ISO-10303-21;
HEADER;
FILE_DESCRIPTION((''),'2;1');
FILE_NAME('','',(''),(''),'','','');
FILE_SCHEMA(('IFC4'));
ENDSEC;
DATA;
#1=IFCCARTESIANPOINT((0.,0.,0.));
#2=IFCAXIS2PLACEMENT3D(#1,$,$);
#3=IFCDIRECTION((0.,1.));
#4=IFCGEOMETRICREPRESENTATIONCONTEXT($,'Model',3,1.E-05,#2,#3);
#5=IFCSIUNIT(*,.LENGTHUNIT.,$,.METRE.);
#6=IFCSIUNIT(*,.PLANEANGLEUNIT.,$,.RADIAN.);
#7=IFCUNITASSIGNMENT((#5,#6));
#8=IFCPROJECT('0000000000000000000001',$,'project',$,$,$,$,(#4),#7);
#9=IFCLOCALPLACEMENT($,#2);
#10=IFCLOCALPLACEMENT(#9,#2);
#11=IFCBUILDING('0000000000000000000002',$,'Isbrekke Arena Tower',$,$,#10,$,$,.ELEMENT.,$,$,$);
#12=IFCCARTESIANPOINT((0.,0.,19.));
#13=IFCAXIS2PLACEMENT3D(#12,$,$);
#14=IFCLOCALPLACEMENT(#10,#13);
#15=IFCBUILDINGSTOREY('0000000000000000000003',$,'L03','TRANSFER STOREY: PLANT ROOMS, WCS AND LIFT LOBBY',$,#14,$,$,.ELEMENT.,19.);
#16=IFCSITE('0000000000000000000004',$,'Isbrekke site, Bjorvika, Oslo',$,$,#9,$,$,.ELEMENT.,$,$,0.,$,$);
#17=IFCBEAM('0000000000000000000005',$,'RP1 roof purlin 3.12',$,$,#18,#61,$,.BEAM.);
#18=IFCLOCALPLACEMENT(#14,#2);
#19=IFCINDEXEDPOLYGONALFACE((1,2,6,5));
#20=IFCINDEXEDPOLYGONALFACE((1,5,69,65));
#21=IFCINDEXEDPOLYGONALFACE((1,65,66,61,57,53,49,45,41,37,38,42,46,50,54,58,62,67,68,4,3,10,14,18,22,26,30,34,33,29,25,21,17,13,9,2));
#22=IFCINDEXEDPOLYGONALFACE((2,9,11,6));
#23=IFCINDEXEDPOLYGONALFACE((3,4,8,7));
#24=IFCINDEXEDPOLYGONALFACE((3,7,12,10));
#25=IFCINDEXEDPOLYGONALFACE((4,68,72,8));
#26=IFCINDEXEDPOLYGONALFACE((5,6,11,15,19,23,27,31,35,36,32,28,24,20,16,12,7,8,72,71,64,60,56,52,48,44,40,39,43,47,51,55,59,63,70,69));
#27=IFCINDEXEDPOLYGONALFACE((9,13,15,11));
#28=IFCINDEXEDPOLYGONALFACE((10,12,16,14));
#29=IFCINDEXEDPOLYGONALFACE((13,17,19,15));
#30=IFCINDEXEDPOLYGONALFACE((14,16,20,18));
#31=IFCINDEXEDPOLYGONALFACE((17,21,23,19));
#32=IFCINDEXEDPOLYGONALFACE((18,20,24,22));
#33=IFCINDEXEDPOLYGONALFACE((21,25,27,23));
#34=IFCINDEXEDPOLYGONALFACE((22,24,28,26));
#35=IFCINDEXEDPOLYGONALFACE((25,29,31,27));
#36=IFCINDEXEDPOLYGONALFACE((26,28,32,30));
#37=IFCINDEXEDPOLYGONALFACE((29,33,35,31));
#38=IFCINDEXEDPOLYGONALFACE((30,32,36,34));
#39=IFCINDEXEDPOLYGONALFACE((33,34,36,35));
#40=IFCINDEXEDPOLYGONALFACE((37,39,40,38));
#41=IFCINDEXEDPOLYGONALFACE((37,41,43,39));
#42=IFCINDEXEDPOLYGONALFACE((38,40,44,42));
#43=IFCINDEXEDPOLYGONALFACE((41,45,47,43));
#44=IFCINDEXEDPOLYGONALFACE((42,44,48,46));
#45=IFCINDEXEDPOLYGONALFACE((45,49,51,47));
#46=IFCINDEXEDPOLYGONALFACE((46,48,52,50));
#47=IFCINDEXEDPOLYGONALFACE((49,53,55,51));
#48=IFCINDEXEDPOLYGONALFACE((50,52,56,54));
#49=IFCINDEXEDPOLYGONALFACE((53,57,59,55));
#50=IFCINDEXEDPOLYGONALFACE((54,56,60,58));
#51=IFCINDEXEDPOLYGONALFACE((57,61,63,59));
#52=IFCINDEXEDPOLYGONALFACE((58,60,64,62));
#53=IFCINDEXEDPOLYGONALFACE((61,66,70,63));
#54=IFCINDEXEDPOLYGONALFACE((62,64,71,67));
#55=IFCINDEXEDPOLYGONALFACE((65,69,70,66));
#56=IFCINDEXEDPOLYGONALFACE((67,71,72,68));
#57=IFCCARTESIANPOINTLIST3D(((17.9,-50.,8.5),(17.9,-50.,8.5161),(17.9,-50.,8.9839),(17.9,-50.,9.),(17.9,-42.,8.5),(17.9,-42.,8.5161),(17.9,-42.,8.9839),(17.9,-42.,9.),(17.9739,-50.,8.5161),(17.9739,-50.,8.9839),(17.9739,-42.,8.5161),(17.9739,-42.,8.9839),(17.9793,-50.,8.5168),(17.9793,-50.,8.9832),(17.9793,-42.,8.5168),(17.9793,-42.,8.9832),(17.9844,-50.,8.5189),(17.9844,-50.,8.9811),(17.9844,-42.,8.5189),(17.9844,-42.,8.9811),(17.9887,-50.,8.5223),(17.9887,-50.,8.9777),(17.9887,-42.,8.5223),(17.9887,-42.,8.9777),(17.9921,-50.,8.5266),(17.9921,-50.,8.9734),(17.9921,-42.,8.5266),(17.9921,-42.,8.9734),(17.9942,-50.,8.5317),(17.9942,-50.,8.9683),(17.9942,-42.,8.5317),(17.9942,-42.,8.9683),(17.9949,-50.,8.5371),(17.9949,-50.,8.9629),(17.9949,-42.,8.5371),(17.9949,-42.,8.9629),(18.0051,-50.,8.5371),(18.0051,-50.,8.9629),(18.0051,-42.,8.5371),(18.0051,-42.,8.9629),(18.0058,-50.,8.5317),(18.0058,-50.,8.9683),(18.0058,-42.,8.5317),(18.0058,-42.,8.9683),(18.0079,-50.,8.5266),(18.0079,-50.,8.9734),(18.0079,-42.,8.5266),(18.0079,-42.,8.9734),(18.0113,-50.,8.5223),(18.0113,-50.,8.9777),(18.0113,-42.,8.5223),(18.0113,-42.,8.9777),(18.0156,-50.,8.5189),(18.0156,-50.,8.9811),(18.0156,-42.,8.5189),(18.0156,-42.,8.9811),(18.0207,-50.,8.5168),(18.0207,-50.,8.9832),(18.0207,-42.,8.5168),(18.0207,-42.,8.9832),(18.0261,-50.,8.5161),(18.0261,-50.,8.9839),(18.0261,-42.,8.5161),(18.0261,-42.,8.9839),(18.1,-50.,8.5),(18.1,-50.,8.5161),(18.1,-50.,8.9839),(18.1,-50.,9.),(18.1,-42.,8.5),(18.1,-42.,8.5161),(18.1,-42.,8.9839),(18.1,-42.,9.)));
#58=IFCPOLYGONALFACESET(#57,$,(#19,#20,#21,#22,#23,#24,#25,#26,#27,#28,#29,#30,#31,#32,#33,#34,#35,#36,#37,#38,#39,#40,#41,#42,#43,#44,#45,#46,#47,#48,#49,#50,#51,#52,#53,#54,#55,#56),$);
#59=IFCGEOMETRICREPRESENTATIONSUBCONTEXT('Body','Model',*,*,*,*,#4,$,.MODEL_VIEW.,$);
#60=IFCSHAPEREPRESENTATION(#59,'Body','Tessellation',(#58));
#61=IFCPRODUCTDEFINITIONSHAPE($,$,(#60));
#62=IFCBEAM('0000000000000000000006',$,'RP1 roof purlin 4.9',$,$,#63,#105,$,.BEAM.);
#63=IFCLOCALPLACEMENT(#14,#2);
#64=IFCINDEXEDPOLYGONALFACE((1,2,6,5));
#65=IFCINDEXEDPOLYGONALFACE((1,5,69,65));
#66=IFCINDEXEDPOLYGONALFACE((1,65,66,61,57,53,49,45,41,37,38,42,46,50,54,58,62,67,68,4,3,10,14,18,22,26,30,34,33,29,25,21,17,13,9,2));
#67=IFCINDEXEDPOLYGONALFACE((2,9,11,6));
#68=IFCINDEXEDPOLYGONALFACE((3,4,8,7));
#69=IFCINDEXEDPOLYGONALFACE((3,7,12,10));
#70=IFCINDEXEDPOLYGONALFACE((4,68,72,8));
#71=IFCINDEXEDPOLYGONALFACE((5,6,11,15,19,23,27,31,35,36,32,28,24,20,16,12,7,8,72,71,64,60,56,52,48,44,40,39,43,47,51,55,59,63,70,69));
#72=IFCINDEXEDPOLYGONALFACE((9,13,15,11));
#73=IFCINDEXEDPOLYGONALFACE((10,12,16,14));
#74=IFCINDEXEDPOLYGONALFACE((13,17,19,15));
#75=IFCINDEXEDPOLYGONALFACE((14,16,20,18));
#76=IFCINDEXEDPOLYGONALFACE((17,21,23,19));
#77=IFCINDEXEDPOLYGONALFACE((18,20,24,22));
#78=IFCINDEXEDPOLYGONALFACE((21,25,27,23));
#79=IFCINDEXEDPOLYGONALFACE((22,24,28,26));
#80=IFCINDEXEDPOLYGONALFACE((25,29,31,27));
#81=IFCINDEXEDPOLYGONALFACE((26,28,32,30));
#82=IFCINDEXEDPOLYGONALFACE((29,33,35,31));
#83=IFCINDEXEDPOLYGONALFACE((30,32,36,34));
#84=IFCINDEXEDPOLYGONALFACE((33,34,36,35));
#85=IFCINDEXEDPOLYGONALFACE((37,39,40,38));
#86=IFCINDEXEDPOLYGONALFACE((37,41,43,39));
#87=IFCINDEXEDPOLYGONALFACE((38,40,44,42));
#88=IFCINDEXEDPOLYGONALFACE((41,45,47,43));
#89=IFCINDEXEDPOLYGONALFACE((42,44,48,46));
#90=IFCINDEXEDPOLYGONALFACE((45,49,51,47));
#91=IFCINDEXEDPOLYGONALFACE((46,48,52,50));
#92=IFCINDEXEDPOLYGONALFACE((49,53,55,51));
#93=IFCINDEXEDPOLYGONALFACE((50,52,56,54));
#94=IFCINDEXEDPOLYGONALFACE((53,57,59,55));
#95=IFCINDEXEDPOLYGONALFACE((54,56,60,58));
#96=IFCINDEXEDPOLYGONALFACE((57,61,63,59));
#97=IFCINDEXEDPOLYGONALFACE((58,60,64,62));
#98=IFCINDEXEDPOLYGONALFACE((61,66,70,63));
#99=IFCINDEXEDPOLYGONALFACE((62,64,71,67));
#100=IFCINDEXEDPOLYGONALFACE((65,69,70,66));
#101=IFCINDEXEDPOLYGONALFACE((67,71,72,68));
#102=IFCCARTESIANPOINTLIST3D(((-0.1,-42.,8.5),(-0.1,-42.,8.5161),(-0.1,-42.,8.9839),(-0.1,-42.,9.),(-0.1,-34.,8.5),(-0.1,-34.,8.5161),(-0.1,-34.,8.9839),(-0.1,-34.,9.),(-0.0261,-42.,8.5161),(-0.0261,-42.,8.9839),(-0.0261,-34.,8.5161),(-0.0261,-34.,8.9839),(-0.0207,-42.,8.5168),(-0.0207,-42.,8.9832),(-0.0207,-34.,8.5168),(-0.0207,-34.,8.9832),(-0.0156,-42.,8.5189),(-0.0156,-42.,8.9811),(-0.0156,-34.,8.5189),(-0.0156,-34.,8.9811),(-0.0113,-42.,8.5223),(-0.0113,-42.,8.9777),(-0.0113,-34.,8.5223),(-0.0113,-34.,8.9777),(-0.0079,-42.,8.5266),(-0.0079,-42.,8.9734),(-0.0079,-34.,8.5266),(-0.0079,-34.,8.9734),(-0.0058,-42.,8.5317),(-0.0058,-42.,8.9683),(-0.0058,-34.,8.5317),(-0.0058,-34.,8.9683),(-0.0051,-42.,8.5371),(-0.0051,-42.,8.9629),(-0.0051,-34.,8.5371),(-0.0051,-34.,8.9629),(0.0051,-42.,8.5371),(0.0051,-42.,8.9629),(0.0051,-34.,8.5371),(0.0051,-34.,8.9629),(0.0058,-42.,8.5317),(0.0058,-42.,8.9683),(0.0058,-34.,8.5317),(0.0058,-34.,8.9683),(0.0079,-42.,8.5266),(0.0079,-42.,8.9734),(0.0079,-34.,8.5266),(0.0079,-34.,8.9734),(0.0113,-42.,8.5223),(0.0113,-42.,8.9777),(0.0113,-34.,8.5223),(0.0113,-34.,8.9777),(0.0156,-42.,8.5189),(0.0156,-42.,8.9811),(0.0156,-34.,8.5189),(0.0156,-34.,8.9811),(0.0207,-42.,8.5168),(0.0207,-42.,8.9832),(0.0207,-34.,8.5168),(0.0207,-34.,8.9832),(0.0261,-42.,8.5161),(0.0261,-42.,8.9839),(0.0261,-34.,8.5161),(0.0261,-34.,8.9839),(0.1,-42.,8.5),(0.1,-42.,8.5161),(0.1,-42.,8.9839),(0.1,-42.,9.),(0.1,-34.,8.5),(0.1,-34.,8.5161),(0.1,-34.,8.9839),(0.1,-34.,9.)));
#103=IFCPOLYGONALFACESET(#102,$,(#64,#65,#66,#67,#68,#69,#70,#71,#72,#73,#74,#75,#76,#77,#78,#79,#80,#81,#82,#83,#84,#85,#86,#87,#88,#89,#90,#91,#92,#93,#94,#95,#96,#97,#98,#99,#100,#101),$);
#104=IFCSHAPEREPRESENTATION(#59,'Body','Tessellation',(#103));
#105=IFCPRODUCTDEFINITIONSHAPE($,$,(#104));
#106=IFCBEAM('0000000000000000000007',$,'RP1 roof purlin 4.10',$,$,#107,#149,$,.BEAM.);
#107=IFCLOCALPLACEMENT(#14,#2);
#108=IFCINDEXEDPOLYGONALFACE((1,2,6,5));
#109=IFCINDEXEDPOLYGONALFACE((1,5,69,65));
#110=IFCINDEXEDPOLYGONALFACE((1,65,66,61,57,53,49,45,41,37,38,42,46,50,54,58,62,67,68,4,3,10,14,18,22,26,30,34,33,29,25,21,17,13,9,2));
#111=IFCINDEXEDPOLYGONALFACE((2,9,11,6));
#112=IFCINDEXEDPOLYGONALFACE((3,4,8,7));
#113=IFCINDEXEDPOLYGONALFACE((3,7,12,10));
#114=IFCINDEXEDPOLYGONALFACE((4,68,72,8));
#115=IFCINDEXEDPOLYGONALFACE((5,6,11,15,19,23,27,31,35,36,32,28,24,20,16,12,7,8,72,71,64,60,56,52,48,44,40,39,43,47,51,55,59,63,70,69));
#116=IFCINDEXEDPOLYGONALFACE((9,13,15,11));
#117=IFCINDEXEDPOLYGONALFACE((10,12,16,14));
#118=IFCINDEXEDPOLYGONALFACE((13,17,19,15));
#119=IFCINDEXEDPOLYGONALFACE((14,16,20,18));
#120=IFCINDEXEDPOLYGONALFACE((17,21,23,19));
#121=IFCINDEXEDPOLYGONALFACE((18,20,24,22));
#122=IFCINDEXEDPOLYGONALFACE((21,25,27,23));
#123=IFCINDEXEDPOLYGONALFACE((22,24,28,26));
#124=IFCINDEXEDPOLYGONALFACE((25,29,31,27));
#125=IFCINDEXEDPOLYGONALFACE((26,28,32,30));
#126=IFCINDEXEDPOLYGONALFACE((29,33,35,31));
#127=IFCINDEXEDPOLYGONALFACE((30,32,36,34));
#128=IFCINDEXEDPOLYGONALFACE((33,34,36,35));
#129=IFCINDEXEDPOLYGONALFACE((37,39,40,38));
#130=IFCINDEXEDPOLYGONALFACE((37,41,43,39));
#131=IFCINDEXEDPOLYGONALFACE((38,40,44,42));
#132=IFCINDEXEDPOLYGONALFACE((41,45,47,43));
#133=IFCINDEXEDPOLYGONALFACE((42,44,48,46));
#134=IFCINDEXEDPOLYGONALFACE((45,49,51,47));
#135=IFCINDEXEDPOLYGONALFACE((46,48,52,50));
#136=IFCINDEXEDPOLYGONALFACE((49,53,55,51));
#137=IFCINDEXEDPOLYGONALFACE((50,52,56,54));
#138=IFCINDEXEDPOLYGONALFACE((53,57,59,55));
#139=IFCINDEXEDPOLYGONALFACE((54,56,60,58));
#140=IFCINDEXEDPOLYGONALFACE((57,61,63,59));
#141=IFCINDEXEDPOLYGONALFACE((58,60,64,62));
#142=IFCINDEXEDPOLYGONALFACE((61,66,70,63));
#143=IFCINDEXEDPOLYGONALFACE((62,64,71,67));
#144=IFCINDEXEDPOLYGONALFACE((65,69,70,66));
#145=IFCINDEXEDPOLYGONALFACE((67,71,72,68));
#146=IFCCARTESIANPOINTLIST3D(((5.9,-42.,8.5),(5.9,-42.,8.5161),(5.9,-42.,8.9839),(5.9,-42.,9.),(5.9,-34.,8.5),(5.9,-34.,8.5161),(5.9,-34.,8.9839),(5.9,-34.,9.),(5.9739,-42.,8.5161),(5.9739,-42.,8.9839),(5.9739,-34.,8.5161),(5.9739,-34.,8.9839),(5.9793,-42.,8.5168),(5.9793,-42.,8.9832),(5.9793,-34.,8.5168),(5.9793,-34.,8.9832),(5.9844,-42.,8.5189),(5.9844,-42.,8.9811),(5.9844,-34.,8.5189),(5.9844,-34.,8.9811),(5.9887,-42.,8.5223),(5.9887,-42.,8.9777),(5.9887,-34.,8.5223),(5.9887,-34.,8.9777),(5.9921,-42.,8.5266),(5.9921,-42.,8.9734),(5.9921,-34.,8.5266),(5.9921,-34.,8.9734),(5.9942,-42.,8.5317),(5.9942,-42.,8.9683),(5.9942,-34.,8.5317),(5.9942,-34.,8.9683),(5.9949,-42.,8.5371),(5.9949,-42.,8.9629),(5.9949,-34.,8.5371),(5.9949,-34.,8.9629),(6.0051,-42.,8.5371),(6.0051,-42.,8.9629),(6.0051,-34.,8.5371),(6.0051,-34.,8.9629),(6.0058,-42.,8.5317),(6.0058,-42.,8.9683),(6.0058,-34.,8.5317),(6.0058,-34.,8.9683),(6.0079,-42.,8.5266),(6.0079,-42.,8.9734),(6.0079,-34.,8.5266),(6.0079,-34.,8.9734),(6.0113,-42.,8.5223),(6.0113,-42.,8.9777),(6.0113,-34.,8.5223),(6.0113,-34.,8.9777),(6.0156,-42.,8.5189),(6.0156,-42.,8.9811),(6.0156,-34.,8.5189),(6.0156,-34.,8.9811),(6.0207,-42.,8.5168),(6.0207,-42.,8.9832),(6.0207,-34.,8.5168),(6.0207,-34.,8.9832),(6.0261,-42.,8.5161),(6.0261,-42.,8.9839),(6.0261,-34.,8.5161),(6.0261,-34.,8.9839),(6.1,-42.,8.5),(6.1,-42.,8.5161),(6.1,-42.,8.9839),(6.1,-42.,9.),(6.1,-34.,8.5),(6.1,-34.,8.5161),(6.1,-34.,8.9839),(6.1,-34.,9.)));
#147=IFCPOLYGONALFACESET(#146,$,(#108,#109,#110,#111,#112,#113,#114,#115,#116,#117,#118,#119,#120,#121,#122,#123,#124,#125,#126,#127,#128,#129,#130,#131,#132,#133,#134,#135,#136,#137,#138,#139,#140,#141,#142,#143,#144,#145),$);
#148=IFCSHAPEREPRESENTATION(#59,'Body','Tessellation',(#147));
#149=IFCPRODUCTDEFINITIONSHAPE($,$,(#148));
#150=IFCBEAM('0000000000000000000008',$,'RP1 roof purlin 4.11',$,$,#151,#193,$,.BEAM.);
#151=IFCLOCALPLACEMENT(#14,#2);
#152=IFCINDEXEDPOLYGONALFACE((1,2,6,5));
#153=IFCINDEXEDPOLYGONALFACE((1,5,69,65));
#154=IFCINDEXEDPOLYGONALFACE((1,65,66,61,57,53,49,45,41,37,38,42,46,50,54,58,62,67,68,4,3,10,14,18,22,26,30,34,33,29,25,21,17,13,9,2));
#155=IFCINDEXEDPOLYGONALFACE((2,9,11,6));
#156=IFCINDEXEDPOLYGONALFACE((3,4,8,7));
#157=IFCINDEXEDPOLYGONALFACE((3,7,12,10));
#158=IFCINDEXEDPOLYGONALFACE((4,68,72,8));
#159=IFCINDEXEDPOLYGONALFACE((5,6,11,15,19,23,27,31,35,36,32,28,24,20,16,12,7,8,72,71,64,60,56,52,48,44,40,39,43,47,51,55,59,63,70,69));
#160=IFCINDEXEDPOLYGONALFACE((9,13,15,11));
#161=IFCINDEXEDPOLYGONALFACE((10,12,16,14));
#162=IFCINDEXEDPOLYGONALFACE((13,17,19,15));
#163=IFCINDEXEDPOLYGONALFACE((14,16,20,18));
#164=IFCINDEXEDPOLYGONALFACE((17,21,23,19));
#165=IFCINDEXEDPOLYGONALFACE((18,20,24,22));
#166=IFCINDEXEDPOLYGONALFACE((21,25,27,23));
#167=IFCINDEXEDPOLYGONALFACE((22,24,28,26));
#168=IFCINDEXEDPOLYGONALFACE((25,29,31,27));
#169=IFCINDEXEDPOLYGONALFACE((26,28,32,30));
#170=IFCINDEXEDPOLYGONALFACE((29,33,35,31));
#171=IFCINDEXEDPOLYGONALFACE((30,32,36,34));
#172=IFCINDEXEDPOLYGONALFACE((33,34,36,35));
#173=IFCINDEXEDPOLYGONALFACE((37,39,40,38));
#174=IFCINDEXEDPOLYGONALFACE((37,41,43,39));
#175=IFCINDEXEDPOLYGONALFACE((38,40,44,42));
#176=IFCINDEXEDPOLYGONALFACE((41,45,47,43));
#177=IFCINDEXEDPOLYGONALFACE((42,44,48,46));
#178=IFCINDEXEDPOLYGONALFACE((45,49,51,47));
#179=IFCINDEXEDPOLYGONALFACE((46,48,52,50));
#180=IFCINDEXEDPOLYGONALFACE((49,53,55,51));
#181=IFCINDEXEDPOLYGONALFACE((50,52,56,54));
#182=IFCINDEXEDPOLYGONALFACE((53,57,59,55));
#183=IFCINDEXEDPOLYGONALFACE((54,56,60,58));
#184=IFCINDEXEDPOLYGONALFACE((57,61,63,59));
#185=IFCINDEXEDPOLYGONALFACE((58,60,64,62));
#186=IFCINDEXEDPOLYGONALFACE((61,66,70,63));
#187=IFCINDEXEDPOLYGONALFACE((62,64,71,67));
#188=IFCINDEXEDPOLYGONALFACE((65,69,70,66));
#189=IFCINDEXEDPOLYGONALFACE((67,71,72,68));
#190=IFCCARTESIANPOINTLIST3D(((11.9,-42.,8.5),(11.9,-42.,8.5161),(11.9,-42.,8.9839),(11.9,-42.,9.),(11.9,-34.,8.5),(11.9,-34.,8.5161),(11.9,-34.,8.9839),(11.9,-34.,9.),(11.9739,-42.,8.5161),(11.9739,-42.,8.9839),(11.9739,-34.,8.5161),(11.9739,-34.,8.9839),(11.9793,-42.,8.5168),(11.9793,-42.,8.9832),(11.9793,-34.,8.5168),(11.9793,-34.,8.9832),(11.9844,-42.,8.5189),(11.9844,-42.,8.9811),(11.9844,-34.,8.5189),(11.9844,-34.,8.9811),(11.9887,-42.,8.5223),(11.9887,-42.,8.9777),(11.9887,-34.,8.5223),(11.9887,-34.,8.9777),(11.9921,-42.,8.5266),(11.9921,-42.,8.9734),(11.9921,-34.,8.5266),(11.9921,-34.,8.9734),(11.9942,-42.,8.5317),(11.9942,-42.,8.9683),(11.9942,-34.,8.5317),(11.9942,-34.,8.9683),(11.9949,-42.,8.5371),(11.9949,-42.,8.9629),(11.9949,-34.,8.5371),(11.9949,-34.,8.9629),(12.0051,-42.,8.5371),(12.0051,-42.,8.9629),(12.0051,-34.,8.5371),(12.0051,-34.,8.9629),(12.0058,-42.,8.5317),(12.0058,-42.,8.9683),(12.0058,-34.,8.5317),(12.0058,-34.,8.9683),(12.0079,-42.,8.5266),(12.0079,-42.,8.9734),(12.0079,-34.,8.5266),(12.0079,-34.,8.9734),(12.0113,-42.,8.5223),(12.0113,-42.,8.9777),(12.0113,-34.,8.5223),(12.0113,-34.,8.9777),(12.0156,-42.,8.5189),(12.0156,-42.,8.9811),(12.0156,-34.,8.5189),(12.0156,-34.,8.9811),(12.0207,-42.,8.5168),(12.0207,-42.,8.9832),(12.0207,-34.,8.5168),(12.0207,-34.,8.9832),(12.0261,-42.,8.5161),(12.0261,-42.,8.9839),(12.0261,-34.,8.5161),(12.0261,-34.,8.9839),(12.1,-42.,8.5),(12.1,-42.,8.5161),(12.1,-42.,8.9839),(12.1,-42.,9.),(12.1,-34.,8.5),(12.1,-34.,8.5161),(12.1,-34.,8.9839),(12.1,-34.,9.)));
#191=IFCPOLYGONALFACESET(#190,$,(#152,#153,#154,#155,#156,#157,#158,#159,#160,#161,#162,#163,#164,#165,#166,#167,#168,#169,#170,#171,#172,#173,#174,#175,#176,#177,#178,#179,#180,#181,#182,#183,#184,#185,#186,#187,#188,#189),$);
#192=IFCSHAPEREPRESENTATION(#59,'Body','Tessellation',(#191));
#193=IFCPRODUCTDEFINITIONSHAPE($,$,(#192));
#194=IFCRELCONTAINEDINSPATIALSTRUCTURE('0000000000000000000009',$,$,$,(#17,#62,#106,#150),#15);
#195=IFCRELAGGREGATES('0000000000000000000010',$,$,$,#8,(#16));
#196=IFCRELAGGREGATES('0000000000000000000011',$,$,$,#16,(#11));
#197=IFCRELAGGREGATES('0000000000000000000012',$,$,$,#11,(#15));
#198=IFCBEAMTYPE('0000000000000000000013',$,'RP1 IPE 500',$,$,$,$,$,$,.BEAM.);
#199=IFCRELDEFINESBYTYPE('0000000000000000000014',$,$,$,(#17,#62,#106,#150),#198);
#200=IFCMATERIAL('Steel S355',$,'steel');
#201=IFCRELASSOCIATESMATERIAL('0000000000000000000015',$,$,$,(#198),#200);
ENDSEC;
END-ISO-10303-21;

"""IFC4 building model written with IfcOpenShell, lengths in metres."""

from ifc_helpers import new_model, si_unit, direction, frame, origin, origin_2d, place, context, subcontext, project, spatial, i_section, extrude, material, material_profile, profile_set, type_object, element, save


model = new_model("IFC4")

# Units and contexts
model_context = context("Model", 3, precision=1e-05, world=origin(), true_north=direction((0.0, 1.0)))
body_context = subcontext(model_context, "Body", "Model", "MODEL_VIEW")
ifc_project = project(units=[si_unit("LENGTHUNIT", "METRE"), si_unit("PLANEANGLEUNIT", "RADIAN")], contexts=[model_context])

# Site, building, storey
site_placement = place(None, origin())
site = spatial("IfcSite", under=ifc_project, at=site_placement, Name="Isbrekke site, Bjorvika, Oslo", CompositionType="ELEMENT", RefElevation=0.0)
building_placement = place(site_placement, origin())
building = spatial("IfcBuilding", under=site, at=building_placement, Name="Isbrekke Arena Tower", CompositionType="ELEMENT")
storey_placement = place(building_placement, frame((0.0, 0.0, 19.0)))
storey = spatial("IfcBuildingStorey", under=building, at=storey_placement, Name="L03", Description="TRANSFER STOREY: PLANT ROOMS, WCS AND LIFT LOBBY", CompositionType="ELEMENT", Elevation=19.0)

# Beams
ifc_material_1 = material(Name="Steel S355", Category="steel")
ifc_material_profile_1 = material_profile(ifc_material_1, i_section(OverallWidth=0.2, OverallDepth=0.5, WebThickness=0.0103, FlangeThickness=0.0161, FilletRadius=0.021, at=origin_2d()), Name="IPE 500")
ifc_profile_set_1 = profile_set([ifc_material_profile_1], Name="Steel S355")
beam_type = type_object("IfcBeamType", Name="RP1 IPE 500", PredefinedType="BEAM", material=ifc_profile_set_1)
for number, where, z_axis, x_axis, name in (
    (1, (18.0, -50.0, 8.75), (0.0, 1.0, 0.0), (-1.0, 0.0, 0.0), "RP1 roof purlin 3.12"),
    (2, (0.0, -42.0, 8.75), (0.0, 1.0, 0.0), (-1.0, 0.0, 0.0), "RP1 roof purlin 4.9"),
    (3, (6.0, -42.0, 8.75), (0.0, 1.0, 0.0), (-1.0, 0.0, 0.0), "RP1 roof purlin 4.10"),
    (4, (12.0, -42.0, 8.75), (0.0, 1.0, 0.0), (-1.0, 0.0, 0.0), "RP1 roof purlin 4.11"),
):
    element("IfcBeam", number, at=place(storey_placement, frame(where, z_axis=z_axis, x_axis=x_axis)), inside=storey, type_object=beam_type, Name=name, PredefinedType="BEAM", context=body_context, shape_type="SweptSolid", body=[
        extrude(i_section(OverallWidth=0.2, OverallDepth=0.5, WebThickness=0.0103, FlangeThickness=0.0161, FilletRadius=0.021, at=origin_2d()), origin(), (0.0, 0.0, 1.0), 8.0),
    ])

save(model, "model.ifc")
